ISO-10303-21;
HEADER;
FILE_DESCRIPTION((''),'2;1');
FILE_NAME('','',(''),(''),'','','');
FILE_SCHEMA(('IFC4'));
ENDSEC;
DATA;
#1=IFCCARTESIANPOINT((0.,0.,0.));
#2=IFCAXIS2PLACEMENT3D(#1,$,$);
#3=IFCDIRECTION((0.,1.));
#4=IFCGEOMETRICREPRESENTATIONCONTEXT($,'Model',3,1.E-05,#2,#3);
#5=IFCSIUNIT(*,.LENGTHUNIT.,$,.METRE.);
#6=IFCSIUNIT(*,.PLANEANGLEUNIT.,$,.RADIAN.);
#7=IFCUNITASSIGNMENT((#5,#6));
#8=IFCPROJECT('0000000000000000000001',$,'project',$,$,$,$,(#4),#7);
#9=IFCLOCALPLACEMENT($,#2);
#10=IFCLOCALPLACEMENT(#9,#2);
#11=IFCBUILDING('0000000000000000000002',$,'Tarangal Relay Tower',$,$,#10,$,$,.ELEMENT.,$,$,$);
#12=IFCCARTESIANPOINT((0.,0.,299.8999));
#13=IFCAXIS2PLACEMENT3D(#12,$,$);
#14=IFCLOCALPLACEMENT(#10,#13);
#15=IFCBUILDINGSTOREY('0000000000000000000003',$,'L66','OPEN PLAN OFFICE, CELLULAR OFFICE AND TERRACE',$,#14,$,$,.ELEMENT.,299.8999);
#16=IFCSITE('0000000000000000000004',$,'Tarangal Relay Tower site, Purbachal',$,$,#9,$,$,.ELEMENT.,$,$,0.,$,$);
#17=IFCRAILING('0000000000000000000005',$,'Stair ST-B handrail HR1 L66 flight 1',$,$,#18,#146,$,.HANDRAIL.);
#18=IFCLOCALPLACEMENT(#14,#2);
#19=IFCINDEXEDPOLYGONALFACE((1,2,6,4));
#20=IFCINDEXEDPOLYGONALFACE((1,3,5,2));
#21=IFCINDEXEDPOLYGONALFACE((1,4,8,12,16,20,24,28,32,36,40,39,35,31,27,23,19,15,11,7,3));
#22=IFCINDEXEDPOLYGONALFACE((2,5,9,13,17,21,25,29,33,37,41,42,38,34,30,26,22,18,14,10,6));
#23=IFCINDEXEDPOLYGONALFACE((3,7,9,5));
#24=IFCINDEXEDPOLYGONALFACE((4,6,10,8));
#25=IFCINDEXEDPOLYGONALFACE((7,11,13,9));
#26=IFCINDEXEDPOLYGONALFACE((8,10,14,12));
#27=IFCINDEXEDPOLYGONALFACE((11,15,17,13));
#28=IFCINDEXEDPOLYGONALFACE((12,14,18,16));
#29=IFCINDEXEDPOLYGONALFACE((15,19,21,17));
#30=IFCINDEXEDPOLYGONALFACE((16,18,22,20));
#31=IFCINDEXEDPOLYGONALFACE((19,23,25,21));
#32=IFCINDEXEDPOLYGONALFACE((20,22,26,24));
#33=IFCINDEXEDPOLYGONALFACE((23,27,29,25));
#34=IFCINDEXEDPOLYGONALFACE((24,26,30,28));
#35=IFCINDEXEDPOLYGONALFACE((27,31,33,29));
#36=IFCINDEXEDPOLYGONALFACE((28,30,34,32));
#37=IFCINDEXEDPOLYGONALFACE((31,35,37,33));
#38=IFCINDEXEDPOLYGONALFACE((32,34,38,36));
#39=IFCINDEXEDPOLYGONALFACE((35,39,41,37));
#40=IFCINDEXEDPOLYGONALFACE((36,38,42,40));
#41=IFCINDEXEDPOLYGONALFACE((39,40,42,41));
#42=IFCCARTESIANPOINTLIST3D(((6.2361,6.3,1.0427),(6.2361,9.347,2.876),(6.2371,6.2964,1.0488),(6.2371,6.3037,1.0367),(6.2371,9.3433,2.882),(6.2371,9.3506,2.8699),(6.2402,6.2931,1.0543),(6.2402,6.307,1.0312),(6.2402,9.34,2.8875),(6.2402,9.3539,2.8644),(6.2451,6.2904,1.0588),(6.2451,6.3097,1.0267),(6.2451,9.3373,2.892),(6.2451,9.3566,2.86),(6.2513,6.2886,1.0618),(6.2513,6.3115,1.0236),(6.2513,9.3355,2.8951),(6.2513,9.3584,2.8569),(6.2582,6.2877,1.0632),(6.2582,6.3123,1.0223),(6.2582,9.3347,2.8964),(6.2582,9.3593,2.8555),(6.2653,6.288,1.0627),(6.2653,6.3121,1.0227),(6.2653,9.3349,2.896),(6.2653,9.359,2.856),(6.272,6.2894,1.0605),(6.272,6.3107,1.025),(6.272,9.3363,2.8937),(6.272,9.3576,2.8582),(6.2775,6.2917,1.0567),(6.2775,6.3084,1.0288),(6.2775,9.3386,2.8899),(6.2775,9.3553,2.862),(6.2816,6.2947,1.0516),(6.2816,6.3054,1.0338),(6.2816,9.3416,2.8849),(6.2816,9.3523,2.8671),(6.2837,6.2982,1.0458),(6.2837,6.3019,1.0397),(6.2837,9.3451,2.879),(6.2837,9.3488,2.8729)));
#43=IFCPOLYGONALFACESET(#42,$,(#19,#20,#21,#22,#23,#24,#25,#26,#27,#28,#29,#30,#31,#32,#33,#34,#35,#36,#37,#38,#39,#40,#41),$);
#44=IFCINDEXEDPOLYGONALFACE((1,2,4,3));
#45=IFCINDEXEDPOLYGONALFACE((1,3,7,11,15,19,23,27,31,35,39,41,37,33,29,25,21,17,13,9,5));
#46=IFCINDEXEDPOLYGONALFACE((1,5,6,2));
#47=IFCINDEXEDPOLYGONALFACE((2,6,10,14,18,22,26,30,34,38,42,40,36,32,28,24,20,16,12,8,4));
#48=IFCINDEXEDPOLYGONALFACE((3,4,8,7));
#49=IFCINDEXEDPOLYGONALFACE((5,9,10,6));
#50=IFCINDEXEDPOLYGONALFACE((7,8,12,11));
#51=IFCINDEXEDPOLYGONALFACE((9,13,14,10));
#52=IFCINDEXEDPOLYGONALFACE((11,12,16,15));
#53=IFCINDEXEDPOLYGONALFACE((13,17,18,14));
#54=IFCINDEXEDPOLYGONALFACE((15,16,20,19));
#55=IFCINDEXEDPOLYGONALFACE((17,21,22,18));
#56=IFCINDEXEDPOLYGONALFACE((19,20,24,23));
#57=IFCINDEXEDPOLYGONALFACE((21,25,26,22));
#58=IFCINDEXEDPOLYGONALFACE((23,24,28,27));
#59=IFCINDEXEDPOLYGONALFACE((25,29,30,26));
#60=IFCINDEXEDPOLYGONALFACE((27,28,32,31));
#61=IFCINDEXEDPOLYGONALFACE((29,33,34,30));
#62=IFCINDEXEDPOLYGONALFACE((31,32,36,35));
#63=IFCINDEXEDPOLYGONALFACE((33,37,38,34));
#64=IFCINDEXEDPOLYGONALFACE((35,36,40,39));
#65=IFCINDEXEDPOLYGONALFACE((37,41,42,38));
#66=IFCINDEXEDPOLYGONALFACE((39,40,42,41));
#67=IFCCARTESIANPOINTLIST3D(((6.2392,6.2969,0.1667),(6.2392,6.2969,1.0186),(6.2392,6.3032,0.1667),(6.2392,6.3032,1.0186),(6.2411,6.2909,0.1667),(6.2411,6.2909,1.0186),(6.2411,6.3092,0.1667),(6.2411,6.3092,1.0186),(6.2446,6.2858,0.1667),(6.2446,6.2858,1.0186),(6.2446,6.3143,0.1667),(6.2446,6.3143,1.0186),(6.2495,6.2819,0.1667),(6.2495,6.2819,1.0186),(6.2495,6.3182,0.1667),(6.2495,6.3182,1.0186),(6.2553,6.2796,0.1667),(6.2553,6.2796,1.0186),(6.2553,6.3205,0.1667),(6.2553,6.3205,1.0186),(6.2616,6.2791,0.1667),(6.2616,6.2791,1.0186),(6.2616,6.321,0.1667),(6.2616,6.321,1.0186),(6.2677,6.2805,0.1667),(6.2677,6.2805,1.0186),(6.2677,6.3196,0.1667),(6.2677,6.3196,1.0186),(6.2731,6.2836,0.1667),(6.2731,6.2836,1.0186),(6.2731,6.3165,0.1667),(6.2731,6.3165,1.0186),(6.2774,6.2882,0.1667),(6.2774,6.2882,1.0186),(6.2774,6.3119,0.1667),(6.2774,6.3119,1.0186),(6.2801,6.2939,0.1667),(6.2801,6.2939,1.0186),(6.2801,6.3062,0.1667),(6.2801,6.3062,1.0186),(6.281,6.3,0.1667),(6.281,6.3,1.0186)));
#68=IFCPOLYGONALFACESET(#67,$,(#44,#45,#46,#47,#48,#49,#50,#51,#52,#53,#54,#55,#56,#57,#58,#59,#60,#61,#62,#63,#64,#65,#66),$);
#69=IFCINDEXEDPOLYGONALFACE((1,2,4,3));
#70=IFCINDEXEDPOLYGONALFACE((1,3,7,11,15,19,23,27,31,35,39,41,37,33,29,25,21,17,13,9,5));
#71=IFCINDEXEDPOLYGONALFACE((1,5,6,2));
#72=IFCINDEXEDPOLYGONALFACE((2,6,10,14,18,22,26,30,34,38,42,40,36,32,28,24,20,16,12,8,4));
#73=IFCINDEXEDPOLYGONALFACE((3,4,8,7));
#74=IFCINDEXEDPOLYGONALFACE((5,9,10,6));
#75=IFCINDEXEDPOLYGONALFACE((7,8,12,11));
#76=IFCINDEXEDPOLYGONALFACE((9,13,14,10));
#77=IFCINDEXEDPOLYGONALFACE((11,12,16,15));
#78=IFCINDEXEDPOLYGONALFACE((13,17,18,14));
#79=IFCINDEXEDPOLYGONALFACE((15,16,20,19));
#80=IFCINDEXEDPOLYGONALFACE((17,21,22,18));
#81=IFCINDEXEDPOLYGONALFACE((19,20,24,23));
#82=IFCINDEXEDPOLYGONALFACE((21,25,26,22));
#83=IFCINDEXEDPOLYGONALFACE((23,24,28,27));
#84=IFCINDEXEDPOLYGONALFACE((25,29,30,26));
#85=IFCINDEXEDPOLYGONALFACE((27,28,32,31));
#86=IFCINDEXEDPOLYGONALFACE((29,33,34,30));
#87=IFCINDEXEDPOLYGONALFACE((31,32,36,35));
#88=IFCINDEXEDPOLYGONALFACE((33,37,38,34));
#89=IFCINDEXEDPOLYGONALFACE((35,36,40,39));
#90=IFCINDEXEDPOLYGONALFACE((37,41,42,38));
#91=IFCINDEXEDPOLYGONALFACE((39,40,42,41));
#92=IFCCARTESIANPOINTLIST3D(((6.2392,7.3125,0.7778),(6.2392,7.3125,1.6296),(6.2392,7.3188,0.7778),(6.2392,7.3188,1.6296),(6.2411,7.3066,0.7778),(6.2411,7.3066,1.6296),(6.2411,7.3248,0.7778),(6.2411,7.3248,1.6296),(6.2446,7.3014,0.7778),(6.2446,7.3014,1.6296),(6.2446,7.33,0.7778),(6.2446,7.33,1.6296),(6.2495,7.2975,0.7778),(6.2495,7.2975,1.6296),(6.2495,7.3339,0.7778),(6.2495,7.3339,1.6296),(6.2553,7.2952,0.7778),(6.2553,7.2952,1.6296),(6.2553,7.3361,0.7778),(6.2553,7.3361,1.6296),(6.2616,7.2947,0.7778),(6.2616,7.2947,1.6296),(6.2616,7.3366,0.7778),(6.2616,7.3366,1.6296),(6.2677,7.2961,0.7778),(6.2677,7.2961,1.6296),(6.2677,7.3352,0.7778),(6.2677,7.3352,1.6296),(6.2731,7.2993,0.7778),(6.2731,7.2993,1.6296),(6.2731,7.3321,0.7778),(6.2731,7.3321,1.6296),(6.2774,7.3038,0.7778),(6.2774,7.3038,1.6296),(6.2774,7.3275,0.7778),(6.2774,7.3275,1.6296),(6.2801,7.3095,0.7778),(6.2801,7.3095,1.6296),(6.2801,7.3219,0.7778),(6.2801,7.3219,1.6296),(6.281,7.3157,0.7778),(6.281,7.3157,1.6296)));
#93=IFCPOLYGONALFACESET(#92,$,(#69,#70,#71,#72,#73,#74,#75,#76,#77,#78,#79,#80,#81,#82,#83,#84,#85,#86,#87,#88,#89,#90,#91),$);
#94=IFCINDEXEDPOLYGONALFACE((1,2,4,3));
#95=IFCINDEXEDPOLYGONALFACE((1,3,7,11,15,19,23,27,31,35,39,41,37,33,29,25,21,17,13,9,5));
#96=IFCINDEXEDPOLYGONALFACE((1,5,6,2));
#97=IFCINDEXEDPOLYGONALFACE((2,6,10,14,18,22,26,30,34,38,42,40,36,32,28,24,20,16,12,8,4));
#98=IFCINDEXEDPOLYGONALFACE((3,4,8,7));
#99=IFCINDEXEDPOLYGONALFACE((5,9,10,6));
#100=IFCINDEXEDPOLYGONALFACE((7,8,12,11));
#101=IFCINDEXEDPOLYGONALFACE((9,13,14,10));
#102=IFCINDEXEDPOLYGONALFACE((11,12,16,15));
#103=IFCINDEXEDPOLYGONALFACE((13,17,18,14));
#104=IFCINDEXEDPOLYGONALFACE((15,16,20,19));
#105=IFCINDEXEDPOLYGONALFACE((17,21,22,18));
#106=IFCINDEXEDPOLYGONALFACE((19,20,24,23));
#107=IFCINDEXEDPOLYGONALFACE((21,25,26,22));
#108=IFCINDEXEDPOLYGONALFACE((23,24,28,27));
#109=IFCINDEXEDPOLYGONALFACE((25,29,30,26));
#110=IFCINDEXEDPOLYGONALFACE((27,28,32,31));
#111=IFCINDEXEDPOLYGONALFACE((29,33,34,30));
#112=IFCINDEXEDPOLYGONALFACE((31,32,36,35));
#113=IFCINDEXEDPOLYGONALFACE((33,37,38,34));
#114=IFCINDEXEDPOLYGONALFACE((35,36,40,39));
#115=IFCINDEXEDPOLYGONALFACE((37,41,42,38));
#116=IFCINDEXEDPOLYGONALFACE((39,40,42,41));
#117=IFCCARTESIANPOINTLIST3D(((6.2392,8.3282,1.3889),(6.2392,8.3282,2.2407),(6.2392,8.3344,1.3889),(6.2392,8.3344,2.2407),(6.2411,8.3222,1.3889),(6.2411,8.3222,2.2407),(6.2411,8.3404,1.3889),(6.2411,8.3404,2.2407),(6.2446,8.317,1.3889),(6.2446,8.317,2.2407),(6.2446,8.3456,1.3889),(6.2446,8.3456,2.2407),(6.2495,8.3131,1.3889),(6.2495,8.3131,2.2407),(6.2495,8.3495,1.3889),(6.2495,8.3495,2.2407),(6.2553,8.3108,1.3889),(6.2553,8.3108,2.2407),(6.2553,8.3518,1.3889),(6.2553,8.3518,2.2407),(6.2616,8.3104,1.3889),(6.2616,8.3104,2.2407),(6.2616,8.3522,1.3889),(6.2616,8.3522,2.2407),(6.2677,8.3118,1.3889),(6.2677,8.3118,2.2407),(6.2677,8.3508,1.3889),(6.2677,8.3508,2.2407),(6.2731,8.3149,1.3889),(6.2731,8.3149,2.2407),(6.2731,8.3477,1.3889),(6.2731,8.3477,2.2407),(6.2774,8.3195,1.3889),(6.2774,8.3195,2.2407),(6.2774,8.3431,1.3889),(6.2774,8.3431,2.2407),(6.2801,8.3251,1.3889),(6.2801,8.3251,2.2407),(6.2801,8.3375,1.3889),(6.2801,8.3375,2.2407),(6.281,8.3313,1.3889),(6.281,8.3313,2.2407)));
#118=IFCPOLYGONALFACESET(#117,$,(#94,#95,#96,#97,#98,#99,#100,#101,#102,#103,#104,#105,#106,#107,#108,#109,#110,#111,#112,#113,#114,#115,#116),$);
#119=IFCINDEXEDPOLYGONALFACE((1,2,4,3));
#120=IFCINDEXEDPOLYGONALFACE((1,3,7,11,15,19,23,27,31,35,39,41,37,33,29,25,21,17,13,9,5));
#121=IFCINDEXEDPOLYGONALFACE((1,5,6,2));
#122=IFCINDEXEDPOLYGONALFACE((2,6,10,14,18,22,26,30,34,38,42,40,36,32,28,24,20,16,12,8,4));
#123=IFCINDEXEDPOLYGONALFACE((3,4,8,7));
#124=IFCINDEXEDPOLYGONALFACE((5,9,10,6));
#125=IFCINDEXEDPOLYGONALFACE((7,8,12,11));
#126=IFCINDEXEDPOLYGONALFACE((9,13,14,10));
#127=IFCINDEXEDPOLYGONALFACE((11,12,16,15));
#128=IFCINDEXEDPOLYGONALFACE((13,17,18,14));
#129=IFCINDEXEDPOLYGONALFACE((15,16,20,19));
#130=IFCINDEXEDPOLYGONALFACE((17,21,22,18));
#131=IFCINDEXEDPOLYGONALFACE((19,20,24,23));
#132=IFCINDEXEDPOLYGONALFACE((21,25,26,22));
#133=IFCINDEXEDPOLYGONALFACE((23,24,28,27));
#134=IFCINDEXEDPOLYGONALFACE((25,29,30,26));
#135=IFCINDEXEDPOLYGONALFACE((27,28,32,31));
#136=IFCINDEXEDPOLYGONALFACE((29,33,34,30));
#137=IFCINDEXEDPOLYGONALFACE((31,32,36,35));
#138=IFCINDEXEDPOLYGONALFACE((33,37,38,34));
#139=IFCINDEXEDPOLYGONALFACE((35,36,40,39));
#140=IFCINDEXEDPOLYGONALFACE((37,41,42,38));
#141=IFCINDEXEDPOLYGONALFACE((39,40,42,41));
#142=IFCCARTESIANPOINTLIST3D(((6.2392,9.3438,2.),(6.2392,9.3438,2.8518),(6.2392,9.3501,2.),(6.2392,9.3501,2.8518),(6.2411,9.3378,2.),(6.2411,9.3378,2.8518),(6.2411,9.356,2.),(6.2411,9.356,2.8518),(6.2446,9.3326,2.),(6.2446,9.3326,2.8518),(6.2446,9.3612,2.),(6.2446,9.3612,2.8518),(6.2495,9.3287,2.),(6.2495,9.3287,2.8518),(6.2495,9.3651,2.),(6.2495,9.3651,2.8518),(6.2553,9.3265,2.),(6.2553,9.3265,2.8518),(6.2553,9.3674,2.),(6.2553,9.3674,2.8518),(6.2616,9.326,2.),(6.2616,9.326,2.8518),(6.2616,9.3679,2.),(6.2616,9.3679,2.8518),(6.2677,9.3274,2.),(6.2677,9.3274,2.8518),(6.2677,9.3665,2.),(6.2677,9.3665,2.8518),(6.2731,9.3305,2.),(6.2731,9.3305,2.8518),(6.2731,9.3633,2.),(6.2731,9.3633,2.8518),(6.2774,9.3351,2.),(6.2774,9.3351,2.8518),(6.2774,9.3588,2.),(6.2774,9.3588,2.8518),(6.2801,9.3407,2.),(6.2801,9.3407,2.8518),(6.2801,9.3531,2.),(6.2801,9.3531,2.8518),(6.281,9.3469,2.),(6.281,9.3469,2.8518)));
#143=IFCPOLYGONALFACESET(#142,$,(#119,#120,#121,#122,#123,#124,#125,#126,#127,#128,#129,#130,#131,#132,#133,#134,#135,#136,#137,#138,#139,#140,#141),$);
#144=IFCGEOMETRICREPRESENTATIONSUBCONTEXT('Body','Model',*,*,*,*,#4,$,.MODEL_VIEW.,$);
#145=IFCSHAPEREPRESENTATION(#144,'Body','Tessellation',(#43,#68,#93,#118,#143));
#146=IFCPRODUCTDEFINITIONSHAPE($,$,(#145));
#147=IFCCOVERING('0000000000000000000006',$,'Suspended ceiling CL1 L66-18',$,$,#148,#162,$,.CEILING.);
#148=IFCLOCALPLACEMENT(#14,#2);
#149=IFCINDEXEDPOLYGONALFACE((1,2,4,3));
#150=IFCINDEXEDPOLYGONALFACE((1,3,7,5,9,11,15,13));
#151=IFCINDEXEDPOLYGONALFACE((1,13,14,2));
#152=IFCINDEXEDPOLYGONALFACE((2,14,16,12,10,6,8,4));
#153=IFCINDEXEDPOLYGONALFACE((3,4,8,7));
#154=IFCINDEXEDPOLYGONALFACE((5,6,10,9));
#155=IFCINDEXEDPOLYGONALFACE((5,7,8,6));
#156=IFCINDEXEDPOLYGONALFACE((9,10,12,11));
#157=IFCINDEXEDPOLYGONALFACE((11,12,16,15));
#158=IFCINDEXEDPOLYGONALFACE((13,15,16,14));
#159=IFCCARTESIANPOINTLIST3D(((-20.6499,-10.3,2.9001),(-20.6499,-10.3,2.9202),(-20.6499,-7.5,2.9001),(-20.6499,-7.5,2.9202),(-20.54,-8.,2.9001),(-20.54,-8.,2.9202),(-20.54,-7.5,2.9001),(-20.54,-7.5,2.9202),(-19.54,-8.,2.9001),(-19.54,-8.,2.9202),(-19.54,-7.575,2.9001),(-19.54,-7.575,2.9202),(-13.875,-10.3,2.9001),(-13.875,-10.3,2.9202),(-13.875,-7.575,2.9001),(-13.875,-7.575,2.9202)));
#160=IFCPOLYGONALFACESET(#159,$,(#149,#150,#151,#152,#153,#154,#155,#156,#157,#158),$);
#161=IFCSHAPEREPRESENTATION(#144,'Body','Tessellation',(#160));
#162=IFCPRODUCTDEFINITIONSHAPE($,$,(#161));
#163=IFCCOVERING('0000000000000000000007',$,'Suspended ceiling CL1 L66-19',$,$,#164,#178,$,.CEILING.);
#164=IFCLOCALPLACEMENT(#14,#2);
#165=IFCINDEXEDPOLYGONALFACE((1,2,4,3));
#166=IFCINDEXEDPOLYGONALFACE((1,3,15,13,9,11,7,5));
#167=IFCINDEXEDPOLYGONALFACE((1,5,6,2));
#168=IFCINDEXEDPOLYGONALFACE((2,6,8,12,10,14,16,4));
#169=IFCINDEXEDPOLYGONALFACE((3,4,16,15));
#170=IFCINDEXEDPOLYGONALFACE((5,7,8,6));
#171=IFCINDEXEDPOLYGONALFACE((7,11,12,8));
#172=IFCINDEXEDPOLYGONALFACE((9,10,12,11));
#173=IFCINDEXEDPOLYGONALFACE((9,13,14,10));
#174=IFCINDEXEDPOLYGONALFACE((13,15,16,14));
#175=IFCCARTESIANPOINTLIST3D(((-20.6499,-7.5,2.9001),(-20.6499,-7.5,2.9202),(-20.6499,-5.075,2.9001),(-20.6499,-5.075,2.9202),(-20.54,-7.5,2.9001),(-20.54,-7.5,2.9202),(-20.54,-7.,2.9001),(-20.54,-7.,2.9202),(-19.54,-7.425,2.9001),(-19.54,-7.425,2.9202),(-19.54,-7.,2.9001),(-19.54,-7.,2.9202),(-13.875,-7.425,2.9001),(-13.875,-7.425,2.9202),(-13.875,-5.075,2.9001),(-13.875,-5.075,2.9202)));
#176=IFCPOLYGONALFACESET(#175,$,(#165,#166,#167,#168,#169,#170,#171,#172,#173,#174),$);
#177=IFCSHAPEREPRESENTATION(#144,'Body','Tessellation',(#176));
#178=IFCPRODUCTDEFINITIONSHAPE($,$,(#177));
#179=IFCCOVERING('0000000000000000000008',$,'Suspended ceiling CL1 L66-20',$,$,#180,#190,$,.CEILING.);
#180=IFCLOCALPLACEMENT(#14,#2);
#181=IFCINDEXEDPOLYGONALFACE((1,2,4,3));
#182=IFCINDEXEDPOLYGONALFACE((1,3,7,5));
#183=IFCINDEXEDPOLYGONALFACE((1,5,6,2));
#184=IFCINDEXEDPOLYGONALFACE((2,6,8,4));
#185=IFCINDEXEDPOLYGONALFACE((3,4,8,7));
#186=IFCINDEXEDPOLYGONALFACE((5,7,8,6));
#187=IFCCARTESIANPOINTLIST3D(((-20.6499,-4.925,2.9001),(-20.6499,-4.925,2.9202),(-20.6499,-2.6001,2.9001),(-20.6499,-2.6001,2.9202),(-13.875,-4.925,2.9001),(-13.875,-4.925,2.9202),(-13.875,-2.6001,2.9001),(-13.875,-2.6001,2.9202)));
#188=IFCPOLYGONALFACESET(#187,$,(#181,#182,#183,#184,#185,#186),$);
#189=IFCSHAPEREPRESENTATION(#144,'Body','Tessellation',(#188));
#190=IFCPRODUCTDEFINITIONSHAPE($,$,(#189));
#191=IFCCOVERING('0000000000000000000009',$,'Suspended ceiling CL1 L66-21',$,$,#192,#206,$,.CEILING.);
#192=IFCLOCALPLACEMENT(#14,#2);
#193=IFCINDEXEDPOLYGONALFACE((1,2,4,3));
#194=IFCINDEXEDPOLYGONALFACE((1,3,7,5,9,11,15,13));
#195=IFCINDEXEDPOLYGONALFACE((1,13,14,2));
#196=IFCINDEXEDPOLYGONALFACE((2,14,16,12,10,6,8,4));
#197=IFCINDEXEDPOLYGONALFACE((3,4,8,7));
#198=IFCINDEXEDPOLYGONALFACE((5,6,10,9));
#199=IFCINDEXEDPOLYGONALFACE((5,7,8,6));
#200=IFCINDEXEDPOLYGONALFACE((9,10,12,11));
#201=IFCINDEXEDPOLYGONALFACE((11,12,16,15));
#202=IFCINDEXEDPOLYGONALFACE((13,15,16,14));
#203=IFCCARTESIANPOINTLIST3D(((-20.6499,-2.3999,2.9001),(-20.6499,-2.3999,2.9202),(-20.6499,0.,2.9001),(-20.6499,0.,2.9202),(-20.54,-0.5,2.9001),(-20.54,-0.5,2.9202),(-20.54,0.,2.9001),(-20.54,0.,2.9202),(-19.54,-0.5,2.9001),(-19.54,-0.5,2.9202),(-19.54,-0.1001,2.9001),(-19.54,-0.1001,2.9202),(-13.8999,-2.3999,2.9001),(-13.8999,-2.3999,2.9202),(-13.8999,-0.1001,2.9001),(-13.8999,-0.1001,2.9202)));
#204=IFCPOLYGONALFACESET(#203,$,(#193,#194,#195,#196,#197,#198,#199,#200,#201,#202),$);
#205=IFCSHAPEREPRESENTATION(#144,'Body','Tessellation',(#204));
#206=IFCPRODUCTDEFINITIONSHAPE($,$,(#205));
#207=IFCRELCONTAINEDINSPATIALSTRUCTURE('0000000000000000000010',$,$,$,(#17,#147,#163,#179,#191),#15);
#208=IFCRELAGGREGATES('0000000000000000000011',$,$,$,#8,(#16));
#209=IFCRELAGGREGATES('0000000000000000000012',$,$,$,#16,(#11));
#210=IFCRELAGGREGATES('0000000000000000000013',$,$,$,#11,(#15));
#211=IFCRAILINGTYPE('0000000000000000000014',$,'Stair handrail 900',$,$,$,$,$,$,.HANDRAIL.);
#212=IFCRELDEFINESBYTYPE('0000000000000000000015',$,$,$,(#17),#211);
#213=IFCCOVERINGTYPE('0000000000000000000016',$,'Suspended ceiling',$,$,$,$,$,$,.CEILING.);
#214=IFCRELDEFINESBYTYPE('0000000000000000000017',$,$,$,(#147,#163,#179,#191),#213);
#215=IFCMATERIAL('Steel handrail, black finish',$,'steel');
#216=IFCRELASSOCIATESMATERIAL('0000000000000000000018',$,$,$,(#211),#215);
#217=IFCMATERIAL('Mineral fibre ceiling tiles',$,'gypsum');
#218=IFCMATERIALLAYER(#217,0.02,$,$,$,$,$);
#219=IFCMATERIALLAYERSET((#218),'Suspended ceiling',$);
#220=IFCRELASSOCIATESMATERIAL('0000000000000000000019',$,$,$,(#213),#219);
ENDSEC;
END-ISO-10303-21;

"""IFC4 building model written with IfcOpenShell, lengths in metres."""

from ifc_helpers import new_model, si_unit, direction, frame, origin, origin_2d, place, context, subcontext, project, spatial, polyline, circle, outline, extrude, material, layer, layer_set, type_object, element, save


model = new_model("IFC4")

# Units and contexts
model_context = context("Model", 3, precision=1e-05, world=origin(), true_north=direction((0.0, 1.0)))
body_context = subcontext(model_context, "Body", "Model", "MODEL_VIEW")
ifc_project = project(units=[si_unit("LENGTHUNIT", "METRE"), si_unit("PLANEANGLEUNIT", "RADIAN")], contexts=[model_context])

# Site, building, storey
site_placement = place(None, origin())
site = spatial("IfcSite", under=ifc_project, at=site_placement, Name="Tarangal Relay Tower site, Purbachal", CompositionType="ELEMENT", RefElevation=0.0)
building_placement = place(site_placement, origin())
building = spatial("IfcBuilding", under=site, at=building_placement, Name="Tarangal Relay Tower", CompositionType="ELEMENT")
storey_placement = place(building_placement, frame((0.0, 0.0, 299.8999)))
storey = spatial("IfcBuildingStorey", under=building, at=storey_placement, Name="L66", Description="OPEN PLAN OFFICE, CELLULAR OFFICE AND TERRACE", CompositionType="ELEMENT", Elevation=299.8999)

# Railing
ifc_material_1 = material(Name="Steel handrail, black finish", Category="steel")
railing_type_1 = type_object("IfcRailingType", Name="Stair handrail 900", PredefinedType="HANDRAIL", material=ifc_material_1)
railing_1_placement = place(storey_placement, frame((6.26, 6.3, 0.1667)))
element("IfcRailing", 1, at=railing_1_placement, inside=storey, type_object=railing_type_1, Name="Stair ST-B handrail HR1 L66 flight 1", PredefinedType="HANDRAIL", context=body_context, shape_type="SweptSolid", body=[
    extrude(circle(Radius=0.0239, at=origin_2d()), frame((0.0, 0.0, 0.876), z_axis=(0.0, 0.856856, 0.515556), x_axis=(-1.0, 0.0, 0.0)), (0.0, 0.0, 1.0), 3.5559),
    extrude(circle(Radius=0.021, at=origin_2d()), origin(), (0.0, 0.0, 1.0), 0.8518),
    extrude(circle(Radius=0.021, at=origin_2d()), frame((0.0, 1.0156, 0.6111)), (0.0, 0.0, 1.0), 0.8518),
    extrude(circle(Radius=0.021, at=origin_2d()), frame((0.0, 2.0312, 1.2222)), (0.0, 0.0, 1.0), 0.8518),
    extrude(circle(Radius=0.021, at=origin_2d()), frame((0.0, 3.0469, 1.8333)), (0.0, 0.0, 1.0), 0.8518),
])

# Coverings
ifc_material_2 = material(Name="Mineral fibre ceiling tiles", Category="gypsum")
ifc_layer_1 = layer(ifc_material_2, 0.02)
ifc_layer_set_1 = layer_set([ifc_layer_1], Name="Suspended ceiling")
covering_type = type_object("IfcCoveringType", Name="Suspended ceiling", PredefinedType="CEILING", material=ifc_layer_set_1)
covering_1_placement = place(storey_placement, frame((0.0, 0.0, 2.9001)))
element("IfcCovering", 2, at=covering_1_placement, inside=storey, type_object=covering_type, Name="Suspended ceiling CL1 L66-18", PredefinedType="CEILING", context=body_context, shape_type="SweptSolid", body=[
    extrude(outline(polyline([(-20.6499, -7.5), (-20.6499, -10.3), (-13.875, -10.3), (-13.875, -7.575), (-19.54, -7.575), (-19.54, -8.0), (-20.54, -8.0), (-20.54, -7.5), (-20.6499, -7.5)])), origin(), (0.0, 0.0, 1.0), 0.02),
])
covering_2_placement = place(storey_placement, frame((0.0, 0.0, 2.9001)))
element("IfcCovering", 3, at=covering_2_placement, inside=storey, type_object=covering_type, Name="Suspended ceiling CL1 L66-19", PredefinedType="CEILING", context=body_context, shape_type="SweptSolid", body=[
    extrude(outline(polyline([(-20.6499, -5.075), (-20.6499, -7.5), (-20.54, -7.5), (-20.54, -7.0), (-19.54, -7.0), (-19.54, -7.425), (-13.875, -7.425), (-13.875, -5.075), (-20.6499, -5.075)])), origin(), (0.0, 0.0, 1.0), 0.02),
])
covering_3_placement = place(storey_placement, frame((0.0, 0.0, 2.9001)))
element("IfcCovering", 4, at=covering_3_placement, inside=storey, type_object=covering_type, Name="Suspended ceiling CL1 L66-20", PredefinedType="CEILING", context=body_context, shape_type="SweptSolid", body=[
    extrude(outline(polyline([(-20.6499, -4.925), (-13.875, -4.925), (-13.875, -2.6001), (-20.6499, -2.6001), (-20.6499, -4.925)])), origin(), (0.0, 0.0, 1.0), 0.02),
])
covering_4_placement = place(storey_placement, frame((0.0, 0.0, 2.9001)))
element("IfcCovering", 5, at=covering_4_placement, inside=storey, type_object=covering_type, Name="Suspended ceiling CL1 L66-21", PredefinedType="CEILING", context=body_context, shape_type="SweptSolid", body=[
    extrude(outline(polyline([(-20.6499, 0.0), (-20.6499, -2.3999), (-13.8999, -2.3999), (-13.8999, -0.1001), (-19.54, -0.1001), (-19.54, -0.5), (-20.54, -0.5), (-20.54, 0.0), (-20.6499, 0.0)])), origin(), (0.0, 0.0, 1.0), 0.02),
])

save(model, "model.ifc")
